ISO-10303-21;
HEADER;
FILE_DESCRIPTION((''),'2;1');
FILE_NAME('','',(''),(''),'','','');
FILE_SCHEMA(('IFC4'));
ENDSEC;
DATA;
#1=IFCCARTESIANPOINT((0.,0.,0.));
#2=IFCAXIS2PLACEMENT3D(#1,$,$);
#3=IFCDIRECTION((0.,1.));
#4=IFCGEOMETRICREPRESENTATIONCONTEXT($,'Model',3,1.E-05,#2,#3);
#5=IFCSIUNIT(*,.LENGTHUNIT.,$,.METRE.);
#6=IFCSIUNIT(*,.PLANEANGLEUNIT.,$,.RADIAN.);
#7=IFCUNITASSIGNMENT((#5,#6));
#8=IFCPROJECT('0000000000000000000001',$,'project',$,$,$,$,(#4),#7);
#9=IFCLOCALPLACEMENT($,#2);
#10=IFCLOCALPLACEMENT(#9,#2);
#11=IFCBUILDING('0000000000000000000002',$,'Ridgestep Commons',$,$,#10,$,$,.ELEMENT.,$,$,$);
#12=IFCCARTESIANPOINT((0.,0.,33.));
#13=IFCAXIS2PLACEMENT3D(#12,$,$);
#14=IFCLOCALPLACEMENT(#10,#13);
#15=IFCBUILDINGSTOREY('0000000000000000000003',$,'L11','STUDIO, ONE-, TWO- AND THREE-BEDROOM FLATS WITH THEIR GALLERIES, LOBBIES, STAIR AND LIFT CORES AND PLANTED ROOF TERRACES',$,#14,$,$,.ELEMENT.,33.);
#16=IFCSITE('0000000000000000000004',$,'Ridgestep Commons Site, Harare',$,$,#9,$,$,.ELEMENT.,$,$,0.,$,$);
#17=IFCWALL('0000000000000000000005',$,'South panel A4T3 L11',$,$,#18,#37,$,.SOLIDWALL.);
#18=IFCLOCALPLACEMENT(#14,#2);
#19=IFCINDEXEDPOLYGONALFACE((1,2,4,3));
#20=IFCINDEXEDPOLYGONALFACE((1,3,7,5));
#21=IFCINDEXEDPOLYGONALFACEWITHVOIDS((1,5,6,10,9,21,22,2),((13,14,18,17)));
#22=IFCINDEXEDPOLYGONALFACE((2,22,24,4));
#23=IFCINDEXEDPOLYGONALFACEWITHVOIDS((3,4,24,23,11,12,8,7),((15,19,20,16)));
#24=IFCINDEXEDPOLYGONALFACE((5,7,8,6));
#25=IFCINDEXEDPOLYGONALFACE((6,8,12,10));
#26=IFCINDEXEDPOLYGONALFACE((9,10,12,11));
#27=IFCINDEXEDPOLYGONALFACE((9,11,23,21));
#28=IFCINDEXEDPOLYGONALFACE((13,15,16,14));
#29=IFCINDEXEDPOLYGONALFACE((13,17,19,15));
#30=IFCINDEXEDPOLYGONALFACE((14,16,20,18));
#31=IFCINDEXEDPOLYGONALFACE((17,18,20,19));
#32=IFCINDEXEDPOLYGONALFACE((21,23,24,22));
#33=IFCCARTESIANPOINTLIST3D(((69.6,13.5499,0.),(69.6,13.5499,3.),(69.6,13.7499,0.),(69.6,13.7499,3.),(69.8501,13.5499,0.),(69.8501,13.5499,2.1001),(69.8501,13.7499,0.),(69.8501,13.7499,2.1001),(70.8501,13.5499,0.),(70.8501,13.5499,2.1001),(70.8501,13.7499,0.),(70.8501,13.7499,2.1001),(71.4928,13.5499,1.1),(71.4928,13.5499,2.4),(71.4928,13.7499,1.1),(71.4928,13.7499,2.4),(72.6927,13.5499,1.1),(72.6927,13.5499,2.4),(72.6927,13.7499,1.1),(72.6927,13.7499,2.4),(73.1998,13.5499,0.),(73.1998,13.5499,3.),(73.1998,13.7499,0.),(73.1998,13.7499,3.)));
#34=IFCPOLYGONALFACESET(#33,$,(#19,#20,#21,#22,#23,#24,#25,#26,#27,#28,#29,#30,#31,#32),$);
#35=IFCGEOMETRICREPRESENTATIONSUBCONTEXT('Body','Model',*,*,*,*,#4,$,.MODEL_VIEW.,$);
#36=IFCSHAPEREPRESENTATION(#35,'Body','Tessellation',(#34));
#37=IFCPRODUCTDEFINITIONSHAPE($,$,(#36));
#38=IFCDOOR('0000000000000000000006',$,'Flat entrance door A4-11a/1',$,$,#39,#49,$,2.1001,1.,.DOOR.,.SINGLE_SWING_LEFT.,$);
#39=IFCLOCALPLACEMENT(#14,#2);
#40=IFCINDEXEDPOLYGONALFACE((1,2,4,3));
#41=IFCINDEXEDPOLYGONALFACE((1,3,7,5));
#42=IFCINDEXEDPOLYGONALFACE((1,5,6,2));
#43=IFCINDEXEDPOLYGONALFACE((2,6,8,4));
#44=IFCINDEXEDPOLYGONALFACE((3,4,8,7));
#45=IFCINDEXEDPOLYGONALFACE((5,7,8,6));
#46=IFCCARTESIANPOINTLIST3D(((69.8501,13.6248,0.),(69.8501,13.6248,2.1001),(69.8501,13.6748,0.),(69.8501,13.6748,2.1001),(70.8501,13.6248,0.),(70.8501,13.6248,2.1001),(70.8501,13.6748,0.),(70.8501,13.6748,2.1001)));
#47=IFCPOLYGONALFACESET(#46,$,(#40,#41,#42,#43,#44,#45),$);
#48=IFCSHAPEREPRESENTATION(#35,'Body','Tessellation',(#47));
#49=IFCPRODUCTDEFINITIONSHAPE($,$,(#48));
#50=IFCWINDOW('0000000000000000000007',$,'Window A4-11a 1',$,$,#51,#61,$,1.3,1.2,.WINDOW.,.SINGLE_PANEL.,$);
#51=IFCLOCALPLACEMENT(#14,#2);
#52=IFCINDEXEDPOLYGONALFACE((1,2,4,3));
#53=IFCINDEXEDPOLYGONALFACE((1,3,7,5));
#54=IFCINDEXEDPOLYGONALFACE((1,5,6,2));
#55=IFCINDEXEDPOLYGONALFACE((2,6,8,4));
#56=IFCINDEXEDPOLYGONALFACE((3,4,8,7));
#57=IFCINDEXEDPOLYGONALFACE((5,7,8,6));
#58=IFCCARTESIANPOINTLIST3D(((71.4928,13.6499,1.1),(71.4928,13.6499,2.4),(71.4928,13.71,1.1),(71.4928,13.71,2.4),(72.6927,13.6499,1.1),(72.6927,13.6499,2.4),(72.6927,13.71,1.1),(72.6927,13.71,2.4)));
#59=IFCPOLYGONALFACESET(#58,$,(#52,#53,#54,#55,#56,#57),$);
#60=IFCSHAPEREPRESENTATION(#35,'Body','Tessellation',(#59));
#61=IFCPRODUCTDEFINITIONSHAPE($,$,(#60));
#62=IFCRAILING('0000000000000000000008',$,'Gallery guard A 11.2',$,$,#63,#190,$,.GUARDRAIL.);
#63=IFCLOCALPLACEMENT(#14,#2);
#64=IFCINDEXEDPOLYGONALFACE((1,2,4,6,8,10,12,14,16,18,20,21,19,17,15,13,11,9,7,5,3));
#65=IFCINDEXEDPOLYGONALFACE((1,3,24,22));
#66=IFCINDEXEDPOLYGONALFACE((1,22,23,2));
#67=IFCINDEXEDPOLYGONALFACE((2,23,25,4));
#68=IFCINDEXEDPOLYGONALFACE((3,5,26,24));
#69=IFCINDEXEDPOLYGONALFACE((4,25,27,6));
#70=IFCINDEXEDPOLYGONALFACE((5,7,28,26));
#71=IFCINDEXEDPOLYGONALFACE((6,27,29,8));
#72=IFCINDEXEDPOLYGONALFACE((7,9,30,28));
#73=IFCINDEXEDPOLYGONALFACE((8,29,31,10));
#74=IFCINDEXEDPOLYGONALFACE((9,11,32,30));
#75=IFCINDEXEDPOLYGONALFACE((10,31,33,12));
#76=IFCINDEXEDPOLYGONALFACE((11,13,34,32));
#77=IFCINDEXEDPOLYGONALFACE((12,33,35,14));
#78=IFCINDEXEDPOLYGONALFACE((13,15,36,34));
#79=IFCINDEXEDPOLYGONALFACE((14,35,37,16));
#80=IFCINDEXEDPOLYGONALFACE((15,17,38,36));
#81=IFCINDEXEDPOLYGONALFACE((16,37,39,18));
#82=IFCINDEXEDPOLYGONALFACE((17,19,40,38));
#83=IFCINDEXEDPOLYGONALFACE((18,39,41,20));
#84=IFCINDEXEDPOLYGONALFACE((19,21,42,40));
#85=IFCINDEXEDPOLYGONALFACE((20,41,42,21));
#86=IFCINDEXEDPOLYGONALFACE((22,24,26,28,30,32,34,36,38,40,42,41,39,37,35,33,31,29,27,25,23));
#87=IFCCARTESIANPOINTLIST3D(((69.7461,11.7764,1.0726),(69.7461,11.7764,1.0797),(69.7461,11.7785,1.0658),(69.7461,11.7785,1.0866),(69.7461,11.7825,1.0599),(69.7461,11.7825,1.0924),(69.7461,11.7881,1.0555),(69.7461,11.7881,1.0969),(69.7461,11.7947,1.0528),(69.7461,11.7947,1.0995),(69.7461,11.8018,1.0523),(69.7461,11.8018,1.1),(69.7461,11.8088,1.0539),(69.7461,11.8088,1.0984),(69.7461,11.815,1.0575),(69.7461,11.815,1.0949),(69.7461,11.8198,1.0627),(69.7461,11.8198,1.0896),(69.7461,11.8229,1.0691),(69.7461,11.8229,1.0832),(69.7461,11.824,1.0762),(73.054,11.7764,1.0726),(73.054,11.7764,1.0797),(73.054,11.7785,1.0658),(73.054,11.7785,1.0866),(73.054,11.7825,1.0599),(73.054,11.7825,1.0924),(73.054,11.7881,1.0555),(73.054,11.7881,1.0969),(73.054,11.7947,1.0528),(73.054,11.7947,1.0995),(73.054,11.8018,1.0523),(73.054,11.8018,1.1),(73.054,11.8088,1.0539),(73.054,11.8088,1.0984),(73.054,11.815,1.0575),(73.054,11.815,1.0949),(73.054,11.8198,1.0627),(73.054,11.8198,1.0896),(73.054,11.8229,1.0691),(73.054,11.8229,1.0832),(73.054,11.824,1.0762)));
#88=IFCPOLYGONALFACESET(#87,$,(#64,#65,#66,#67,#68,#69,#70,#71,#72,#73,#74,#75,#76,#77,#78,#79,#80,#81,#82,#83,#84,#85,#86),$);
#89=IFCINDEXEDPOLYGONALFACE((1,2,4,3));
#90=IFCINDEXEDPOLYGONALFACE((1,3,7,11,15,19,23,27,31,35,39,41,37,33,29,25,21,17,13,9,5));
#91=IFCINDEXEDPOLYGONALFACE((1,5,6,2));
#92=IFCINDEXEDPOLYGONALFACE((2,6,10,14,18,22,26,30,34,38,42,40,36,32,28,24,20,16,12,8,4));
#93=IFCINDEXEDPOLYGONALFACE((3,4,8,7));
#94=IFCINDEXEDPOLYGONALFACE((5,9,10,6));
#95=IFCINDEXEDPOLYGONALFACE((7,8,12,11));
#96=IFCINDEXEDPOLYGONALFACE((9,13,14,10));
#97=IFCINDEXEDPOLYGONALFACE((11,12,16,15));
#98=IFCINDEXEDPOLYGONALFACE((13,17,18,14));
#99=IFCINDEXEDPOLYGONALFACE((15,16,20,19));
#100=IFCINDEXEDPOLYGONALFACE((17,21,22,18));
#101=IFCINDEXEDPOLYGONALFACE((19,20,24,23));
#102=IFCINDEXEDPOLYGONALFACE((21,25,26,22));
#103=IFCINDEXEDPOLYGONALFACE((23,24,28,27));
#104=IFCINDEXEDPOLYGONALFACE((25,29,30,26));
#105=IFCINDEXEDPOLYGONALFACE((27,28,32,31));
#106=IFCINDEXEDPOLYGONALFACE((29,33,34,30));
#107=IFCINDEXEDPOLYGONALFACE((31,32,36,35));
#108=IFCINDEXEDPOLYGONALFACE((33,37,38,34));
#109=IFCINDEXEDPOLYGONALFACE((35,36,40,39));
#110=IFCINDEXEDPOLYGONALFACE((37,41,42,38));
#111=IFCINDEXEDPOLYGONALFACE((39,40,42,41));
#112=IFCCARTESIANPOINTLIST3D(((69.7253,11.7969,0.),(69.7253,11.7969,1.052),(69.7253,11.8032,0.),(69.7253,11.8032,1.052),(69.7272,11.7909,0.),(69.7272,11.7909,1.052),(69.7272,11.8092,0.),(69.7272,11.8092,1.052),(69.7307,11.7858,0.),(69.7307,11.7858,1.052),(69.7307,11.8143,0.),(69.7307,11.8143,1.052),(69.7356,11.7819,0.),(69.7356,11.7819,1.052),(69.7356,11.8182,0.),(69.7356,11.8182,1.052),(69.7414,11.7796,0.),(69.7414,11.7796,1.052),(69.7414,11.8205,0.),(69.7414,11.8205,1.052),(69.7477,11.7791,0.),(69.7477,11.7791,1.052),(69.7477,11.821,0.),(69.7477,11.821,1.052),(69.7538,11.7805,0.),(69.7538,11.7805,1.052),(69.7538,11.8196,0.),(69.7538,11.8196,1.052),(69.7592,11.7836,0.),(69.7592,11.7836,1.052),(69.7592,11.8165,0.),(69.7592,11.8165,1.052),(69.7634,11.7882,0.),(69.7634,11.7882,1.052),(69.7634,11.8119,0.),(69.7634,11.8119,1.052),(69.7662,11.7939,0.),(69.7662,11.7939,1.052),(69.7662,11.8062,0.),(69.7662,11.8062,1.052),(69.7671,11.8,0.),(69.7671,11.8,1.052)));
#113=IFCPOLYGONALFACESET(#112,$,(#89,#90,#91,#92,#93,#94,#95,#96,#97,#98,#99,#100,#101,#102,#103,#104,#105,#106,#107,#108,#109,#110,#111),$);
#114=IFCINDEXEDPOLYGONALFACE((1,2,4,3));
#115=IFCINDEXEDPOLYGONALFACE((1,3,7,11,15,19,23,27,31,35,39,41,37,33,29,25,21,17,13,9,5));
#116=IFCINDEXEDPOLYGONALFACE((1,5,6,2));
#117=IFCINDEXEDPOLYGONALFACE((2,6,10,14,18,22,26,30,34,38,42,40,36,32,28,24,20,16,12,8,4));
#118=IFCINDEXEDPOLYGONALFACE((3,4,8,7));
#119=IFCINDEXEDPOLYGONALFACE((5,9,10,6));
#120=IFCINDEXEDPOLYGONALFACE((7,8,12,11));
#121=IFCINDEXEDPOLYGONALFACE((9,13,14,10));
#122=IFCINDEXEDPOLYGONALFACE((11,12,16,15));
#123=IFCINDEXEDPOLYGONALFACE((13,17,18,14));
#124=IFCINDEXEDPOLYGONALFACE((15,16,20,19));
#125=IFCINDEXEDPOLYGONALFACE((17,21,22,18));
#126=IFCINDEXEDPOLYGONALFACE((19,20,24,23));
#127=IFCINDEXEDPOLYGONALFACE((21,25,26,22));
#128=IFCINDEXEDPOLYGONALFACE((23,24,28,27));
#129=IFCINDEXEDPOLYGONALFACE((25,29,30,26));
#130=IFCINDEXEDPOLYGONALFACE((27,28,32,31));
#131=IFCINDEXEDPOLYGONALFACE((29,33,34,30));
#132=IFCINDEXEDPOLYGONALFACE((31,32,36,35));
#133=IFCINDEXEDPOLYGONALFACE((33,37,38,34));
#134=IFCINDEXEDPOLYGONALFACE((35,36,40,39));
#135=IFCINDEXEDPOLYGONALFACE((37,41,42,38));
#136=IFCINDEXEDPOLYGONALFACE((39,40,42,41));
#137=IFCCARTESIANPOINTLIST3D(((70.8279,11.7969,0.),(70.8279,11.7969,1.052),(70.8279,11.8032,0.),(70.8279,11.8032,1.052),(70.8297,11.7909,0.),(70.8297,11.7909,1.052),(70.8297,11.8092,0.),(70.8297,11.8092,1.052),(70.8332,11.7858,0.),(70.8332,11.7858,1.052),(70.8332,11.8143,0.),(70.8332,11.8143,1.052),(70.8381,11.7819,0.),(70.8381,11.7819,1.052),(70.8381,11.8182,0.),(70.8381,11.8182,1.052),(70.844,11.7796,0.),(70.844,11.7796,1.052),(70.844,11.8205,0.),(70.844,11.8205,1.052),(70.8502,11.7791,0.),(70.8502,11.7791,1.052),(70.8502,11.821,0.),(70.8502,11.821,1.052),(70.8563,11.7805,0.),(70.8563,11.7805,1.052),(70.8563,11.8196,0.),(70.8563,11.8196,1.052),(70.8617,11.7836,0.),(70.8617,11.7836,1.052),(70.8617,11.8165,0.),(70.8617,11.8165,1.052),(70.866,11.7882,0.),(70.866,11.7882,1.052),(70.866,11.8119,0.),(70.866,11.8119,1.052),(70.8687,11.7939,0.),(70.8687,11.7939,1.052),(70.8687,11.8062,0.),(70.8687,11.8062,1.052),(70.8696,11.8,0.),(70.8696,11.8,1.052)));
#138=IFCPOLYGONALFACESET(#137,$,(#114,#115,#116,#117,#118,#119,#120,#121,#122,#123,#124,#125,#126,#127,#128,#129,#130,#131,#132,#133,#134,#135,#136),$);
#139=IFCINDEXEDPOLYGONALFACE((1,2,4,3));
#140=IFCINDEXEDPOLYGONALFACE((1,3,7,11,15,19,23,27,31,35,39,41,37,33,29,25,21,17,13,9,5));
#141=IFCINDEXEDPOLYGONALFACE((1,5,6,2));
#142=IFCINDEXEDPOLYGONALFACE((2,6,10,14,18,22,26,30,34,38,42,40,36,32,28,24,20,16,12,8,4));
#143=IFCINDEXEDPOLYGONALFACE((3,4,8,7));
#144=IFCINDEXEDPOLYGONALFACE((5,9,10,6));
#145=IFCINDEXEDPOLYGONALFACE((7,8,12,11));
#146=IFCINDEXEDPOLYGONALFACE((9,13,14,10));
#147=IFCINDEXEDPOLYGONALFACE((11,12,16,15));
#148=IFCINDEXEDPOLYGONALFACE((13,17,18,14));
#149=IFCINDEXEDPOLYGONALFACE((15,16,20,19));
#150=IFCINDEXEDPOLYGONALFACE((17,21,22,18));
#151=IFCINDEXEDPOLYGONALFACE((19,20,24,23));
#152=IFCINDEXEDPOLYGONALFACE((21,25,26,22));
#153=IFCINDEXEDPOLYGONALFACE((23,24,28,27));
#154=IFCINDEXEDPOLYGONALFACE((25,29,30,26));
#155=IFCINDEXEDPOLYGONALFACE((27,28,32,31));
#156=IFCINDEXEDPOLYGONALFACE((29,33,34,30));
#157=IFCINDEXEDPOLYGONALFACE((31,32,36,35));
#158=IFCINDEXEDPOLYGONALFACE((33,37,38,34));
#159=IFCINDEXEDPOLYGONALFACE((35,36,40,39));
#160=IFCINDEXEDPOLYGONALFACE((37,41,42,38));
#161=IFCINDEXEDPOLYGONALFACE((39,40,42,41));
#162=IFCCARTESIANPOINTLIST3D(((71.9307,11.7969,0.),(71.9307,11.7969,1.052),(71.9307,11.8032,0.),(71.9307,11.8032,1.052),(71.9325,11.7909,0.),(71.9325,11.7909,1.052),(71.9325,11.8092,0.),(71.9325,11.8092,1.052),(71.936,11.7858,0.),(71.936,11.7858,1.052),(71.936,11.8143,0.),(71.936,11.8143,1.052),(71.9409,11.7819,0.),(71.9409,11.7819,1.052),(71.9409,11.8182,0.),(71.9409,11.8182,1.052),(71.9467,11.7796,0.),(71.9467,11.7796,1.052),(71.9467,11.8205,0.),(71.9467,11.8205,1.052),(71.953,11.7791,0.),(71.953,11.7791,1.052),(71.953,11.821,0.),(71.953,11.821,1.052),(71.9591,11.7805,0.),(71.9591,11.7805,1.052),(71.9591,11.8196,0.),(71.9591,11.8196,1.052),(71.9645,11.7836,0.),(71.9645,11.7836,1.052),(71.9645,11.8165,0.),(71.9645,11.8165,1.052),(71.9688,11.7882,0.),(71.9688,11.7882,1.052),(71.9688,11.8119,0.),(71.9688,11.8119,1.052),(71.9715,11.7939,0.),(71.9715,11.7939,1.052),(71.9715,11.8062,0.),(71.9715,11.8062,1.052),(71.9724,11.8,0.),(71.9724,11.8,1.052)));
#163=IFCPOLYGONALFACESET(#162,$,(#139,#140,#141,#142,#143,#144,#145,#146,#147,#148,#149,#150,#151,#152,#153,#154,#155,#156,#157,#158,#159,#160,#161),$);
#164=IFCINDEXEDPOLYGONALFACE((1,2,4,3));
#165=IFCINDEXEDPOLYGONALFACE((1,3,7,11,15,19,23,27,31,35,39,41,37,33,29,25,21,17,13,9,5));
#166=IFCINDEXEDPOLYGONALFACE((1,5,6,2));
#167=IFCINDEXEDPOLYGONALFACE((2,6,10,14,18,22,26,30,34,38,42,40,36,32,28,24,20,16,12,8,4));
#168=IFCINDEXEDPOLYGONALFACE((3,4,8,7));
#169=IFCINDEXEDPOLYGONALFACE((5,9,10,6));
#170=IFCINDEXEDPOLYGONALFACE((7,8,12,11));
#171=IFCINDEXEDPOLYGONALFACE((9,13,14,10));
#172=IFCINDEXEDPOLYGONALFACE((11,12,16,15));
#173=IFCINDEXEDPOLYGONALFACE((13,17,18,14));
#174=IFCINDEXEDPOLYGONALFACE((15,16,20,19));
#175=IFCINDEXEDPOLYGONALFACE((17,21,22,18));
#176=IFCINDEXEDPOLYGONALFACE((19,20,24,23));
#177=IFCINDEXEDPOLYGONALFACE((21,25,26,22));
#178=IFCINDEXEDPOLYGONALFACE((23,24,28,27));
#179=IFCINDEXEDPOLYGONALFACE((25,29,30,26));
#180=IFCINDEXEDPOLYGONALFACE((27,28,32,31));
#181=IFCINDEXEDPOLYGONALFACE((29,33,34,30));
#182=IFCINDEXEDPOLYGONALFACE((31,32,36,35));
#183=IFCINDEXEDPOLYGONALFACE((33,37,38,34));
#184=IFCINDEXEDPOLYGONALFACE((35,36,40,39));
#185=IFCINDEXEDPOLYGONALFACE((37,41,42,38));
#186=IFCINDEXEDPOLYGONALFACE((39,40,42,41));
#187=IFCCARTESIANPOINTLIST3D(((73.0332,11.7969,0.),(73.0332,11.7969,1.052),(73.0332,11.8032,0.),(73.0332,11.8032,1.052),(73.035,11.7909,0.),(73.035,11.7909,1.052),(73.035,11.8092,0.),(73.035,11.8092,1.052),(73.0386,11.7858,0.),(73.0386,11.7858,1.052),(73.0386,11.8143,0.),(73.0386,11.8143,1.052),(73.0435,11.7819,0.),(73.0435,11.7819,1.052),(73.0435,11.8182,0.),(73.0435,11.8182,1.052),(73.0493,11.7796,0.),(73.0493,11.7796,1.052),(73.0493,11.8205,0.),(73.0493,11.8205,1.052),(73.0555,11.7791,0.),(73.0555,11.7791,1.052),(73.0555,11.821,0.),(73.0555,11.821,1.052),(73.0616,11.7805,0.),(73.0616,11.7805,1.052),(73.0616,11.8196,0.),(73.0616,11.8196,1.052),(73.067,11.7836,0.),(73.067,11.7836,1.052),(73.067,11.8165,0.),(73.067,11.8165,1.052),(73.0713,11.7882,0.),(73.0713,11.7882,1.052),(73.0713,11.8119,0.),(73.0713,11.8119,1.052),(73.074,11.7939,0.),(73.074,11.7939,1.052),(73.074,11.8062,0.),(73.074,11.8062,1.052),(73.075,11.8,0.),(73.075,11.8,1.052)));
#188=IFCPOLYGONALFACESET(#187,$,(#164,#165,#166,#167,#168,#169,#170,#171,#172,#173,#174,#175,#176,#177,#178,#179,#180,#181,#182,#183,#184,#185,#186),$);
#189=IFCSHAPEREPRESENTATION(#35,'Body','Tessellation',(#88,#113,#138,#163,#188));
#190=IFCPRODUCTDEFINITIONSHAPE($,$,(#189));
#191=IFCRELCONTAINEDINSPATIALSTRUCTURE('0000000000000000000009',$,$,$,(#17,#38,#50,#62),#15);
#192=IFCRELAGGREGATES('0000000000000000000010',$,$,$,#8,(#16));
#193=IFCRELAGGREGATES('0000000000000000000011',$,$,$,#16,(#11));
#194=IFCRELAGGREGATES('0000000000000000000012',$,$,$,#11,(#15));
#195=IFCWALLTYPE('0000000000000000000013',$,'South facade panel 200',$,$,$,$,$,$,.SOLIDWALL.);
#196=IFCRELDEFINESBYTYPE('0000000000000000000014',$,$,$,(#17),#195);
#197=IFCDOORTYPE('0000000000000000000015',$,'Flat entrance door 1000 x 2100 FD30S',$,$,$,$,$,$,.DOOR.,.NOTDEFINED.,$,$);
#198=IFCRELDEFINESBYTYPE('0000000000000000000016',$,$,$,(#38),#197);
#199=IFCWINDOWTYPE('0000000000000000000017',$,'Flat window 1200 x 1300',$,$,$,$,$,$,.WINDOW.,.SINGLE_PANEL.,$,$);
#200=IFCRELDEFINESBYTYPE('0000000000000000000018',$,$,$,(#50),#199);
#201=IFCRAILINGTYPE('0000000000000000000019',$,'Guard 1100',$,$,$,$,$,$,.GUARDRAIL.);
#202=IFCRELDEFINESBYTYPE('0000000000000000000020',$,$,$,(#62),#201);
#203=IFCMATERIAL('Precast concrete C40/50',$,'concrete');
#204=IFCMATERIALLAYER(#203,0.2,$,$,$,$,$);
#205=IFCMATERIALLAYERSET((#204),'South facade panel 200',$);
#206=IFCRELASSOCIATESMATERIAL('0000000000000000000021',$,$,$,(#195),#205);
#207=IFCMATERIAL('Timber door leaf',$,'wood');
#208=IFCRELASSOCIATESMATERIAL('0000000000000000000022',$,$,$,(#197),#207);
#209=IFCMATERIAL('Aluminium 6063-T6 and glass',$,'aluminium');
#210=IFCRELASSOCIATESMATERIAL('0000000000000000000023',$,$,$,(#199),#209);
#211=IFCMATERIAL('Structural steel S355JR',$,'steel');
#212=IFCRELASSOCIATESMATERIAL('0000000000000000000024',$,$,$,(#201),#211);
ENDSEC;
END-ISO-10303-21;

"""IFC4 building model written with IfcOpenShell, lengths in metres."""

from ifc_helpers import new_model, si_unit, direction, frame, frame_2d, origin, origin_2d, place, context, subcontext, project, spatial, rectangle, circle, extrude, material, layer, layer_set, type_object, element, fill, save


model = new_model("IFC4")

# Units and contexts
model_context = context("Model", 3, precision=1e-05, world=origin(), true_north=direction((0.0, 1.0)))
body_context = subcontext(model_context, "Body", "Model", "MODEL_VIEW")
ifc_project = project(units=[si_unit("LENGTHUNIT", "METRE"), si_unit("PLANEANGLEUNIT", "RADIAN")], contexts=[model_context])

# Site, building, storey
site_placement = place(None, origin())
site = spatial("IfcSite", under=ifc_project, at=site_placement, Name="Ridgestep Commons Site, Harare", CompositionType="ELEMENT", RefElevation=0.0)
building_placement = place(site_placement, origin())
building = spatial("IfcBuilding", under=site, at=building_placement, Name="Ridgestep Commons", CompositionType="ELEMENT")
storey_placement = place(building_placement, frame((0.0, 0.0, 33.0)))
storey = spatial("IfcBuildingStorey", under=building, at=storey_placement, Name="L11", Description="STUDIO, ONE-, TWO- AND THREE-BEDROOM FLATS WITH THEIR GALLERIES, LOBBIES, STAIR AND LIFT CORES AND PLANTED ROOF TERRACES", CompositionType="ELEMENT", Elevation=33.0)

# Wall, openings, door, window
ifc_material_1 = material(Name="Precast concrete C40/50", Category="concrete")
ifc_layer_1 = layer(ifc_material_1, 0.2)
ifc_layer_set_1 = layer_set([ifc_layer_1], Name="South facade panel 200")
wall_type_1 = type_object("IfcWallType", Name="South facade panel 200", PredefinedType="SOLIDWALL", material=ifc_layer_set_1)
wall_1_placement = place(storey_placement, frame((69.6001, 13.6499, 0.0), z_axis=(0.0, 0.0, 1.0), x_axis=(1.0, 0.0, 0.0)))
wall_1 = element("IfcWall", 1, at=wall_1_placement, inside=storey, type_object=wall_type_1, Name="South panel A4T3 L11", PredefinedType="SOLIDWALL", context=body_context, shape_type="SweptSolid", body=[
    extrude(rectangle(XDim=3.5999, YDim=0.2, at=frame_2d((1.7998, 0.0))), origin(), (0.0, 0.0, 1.0), 3.0),
])
opening_1_placement = place(wall_1_placement, frame((1.8926, 0.0, 1.1001)))
opening_1 = element("IfcOpeningElement", 2, at=opening_1_placement, cuts=wall_1, PredefinedType="OPENING", context=body_context, shape_type="SweptSolid", body=[
    extrude(rectangle(XDim=1.2, YDim=1.3, at=frame_2d((0.6001, 0.6499))), frame((0.0, 0.1099, 0.0), z_axis=(0.0, -1.0, 0.0), x_axis=(1.0, 0.0, 0.0)), (0.0, 0.0, 1.0), 0.22),
])
opening_2_placement = place(wall_1_placement, frame((0.25, 0.0, 0.0)))
opening_2 = element("IfcOpeningElement", 3, at=opening_2_placement, cuts=wall_1, PredefinedType="OPENING", context=body_context, shape_type="SweptSolid", body=[
    extrude(rectangle(XDim=1.0, YDim=2.1001, at=frame_2d((0.5, 1.05))), frame((0.0, 0.1099, 0.0), z_axis=(0.0, -1.0, 0.0), x_axis=(1.0, 0.0, 0.0)), (0.0, 0.0, 1.0), 0.22),
])
ifc_material_2 = material(Name="Timber door leaf", Category="wood")
door_type_1 = type_object("IfcDoorType", Name="Flat entrance door 1000 x 2100 FD30S", OperationType="NOTDEFINED", PredefinedType="DOOR", material=ifc_material_2)
door_1_placement = place(opening_2_placement, origin())
door_1 = element("IfcDoor", 4, at=door_1_placement, inside=storey, type_object=door_type_1, Name="Flat entrance door A4-11a/1", OperationType="SINGLE_SWING_LEFT", OverallHeight=2.1001, OverallWidth=1.0, PredefinedType="DOOR", context=body_context, shape_type="SweptSolid", body=[
    extrude(rectangle(XDim=1.0, YDim=2.1001, at=frame_2d((0.5, 1.05))), frame((0.0, 0.0249, 0.0), z_axis=(0.0, -1.0, 0.0), x_axis=(1.0, 0.0, 0.0)), (0.0, 0.0, 1.0), 0.05),
])
fill(opening_2, door_1)
ifc_material_3 = material(Name="Aluminium 6063-T6 and glass", Category="aluminium")
window_type_1 = type_object("IfcWindowType", Name="Flat window 1200 x 1300", PartitioningType="SINGLE_PANEL", PredefinedType="WINDOW", material=ifc_material_3)
window_1_placement = place(opening_1_placement, origin())
window_1 = element("IfcWindow", 5, at=window_1_placement, inside=storey, type_object=window_type_1, Name="Window A4-11a 1", OverallHeight=1.3, OverallWidth=1.2, PartitioningType="SINGLE_PANEL", PredefinedType="WINDOW", context=body_context, shape_type="SweptSolid", body=[
    extrude(rectangle(XDim=1.2, YDim=1.3, at=frame_2d((0.6001, 0.6499))), frame((0.0, 0.0601, 0.0), z_axis=(0.0, -1.0, 0.0), x_axis=(1.0, 0.0, 0.0)), (0.0, 0.0, 1.0), 0.0601),
])
fill(opening_1, window_1)

# Railing
ifc_material_4 = material(Name="Structural steel S355JR", Category="steel")
railing_type = type_object("IfcRailingType", Name="Guard 1100", PredefinedType="GUARDRAIL", material=ifc_material_4)
railing_1_placement = place(storey_placement, frame((69.7461, 11.8, 0.0)))
element("IfcRailing", 6, at=railing_1_placement, inside=storey, type_object=railing_type, Name="Gallery guard A 11.2", PredefinedType="GUARDRAIL", context=body_context, shape_type="SweptSolid", body=[
    extrude(circle(Radius=0.0239, at=origin_2d()), frame((0.0, 0.0, 1.0762), z_axis=(1.0, 0.0, 0.0), x_axis=(0.0, 1.0, 0.0)), (0.0, 0.0, 1.0), 3.3079),
    extrude(circle(Radius=0.021, at=origin_2d()), origin(), (0.0, 0.0, 1.0), 1.052),
    extrude(circle(Radius=0.021, at=origin_2d()), frame((1.1025, 0.0, 0.0)), (0.0, 0.0, 1.0), 1.052),
    extrude(circle(Radius=0.021, at=origin_2d()), frame((2.2053, 0.0, 0.0)), (0.0, 0.0, 1.0), 1.052),
    extrude(circle(Radius=0.021, at=origin_2d()), frame((3.3079, 0.0, 0.0)), (0.0, 0.0, 1.0), 1.052),
])

save(model, "model.ifc")
